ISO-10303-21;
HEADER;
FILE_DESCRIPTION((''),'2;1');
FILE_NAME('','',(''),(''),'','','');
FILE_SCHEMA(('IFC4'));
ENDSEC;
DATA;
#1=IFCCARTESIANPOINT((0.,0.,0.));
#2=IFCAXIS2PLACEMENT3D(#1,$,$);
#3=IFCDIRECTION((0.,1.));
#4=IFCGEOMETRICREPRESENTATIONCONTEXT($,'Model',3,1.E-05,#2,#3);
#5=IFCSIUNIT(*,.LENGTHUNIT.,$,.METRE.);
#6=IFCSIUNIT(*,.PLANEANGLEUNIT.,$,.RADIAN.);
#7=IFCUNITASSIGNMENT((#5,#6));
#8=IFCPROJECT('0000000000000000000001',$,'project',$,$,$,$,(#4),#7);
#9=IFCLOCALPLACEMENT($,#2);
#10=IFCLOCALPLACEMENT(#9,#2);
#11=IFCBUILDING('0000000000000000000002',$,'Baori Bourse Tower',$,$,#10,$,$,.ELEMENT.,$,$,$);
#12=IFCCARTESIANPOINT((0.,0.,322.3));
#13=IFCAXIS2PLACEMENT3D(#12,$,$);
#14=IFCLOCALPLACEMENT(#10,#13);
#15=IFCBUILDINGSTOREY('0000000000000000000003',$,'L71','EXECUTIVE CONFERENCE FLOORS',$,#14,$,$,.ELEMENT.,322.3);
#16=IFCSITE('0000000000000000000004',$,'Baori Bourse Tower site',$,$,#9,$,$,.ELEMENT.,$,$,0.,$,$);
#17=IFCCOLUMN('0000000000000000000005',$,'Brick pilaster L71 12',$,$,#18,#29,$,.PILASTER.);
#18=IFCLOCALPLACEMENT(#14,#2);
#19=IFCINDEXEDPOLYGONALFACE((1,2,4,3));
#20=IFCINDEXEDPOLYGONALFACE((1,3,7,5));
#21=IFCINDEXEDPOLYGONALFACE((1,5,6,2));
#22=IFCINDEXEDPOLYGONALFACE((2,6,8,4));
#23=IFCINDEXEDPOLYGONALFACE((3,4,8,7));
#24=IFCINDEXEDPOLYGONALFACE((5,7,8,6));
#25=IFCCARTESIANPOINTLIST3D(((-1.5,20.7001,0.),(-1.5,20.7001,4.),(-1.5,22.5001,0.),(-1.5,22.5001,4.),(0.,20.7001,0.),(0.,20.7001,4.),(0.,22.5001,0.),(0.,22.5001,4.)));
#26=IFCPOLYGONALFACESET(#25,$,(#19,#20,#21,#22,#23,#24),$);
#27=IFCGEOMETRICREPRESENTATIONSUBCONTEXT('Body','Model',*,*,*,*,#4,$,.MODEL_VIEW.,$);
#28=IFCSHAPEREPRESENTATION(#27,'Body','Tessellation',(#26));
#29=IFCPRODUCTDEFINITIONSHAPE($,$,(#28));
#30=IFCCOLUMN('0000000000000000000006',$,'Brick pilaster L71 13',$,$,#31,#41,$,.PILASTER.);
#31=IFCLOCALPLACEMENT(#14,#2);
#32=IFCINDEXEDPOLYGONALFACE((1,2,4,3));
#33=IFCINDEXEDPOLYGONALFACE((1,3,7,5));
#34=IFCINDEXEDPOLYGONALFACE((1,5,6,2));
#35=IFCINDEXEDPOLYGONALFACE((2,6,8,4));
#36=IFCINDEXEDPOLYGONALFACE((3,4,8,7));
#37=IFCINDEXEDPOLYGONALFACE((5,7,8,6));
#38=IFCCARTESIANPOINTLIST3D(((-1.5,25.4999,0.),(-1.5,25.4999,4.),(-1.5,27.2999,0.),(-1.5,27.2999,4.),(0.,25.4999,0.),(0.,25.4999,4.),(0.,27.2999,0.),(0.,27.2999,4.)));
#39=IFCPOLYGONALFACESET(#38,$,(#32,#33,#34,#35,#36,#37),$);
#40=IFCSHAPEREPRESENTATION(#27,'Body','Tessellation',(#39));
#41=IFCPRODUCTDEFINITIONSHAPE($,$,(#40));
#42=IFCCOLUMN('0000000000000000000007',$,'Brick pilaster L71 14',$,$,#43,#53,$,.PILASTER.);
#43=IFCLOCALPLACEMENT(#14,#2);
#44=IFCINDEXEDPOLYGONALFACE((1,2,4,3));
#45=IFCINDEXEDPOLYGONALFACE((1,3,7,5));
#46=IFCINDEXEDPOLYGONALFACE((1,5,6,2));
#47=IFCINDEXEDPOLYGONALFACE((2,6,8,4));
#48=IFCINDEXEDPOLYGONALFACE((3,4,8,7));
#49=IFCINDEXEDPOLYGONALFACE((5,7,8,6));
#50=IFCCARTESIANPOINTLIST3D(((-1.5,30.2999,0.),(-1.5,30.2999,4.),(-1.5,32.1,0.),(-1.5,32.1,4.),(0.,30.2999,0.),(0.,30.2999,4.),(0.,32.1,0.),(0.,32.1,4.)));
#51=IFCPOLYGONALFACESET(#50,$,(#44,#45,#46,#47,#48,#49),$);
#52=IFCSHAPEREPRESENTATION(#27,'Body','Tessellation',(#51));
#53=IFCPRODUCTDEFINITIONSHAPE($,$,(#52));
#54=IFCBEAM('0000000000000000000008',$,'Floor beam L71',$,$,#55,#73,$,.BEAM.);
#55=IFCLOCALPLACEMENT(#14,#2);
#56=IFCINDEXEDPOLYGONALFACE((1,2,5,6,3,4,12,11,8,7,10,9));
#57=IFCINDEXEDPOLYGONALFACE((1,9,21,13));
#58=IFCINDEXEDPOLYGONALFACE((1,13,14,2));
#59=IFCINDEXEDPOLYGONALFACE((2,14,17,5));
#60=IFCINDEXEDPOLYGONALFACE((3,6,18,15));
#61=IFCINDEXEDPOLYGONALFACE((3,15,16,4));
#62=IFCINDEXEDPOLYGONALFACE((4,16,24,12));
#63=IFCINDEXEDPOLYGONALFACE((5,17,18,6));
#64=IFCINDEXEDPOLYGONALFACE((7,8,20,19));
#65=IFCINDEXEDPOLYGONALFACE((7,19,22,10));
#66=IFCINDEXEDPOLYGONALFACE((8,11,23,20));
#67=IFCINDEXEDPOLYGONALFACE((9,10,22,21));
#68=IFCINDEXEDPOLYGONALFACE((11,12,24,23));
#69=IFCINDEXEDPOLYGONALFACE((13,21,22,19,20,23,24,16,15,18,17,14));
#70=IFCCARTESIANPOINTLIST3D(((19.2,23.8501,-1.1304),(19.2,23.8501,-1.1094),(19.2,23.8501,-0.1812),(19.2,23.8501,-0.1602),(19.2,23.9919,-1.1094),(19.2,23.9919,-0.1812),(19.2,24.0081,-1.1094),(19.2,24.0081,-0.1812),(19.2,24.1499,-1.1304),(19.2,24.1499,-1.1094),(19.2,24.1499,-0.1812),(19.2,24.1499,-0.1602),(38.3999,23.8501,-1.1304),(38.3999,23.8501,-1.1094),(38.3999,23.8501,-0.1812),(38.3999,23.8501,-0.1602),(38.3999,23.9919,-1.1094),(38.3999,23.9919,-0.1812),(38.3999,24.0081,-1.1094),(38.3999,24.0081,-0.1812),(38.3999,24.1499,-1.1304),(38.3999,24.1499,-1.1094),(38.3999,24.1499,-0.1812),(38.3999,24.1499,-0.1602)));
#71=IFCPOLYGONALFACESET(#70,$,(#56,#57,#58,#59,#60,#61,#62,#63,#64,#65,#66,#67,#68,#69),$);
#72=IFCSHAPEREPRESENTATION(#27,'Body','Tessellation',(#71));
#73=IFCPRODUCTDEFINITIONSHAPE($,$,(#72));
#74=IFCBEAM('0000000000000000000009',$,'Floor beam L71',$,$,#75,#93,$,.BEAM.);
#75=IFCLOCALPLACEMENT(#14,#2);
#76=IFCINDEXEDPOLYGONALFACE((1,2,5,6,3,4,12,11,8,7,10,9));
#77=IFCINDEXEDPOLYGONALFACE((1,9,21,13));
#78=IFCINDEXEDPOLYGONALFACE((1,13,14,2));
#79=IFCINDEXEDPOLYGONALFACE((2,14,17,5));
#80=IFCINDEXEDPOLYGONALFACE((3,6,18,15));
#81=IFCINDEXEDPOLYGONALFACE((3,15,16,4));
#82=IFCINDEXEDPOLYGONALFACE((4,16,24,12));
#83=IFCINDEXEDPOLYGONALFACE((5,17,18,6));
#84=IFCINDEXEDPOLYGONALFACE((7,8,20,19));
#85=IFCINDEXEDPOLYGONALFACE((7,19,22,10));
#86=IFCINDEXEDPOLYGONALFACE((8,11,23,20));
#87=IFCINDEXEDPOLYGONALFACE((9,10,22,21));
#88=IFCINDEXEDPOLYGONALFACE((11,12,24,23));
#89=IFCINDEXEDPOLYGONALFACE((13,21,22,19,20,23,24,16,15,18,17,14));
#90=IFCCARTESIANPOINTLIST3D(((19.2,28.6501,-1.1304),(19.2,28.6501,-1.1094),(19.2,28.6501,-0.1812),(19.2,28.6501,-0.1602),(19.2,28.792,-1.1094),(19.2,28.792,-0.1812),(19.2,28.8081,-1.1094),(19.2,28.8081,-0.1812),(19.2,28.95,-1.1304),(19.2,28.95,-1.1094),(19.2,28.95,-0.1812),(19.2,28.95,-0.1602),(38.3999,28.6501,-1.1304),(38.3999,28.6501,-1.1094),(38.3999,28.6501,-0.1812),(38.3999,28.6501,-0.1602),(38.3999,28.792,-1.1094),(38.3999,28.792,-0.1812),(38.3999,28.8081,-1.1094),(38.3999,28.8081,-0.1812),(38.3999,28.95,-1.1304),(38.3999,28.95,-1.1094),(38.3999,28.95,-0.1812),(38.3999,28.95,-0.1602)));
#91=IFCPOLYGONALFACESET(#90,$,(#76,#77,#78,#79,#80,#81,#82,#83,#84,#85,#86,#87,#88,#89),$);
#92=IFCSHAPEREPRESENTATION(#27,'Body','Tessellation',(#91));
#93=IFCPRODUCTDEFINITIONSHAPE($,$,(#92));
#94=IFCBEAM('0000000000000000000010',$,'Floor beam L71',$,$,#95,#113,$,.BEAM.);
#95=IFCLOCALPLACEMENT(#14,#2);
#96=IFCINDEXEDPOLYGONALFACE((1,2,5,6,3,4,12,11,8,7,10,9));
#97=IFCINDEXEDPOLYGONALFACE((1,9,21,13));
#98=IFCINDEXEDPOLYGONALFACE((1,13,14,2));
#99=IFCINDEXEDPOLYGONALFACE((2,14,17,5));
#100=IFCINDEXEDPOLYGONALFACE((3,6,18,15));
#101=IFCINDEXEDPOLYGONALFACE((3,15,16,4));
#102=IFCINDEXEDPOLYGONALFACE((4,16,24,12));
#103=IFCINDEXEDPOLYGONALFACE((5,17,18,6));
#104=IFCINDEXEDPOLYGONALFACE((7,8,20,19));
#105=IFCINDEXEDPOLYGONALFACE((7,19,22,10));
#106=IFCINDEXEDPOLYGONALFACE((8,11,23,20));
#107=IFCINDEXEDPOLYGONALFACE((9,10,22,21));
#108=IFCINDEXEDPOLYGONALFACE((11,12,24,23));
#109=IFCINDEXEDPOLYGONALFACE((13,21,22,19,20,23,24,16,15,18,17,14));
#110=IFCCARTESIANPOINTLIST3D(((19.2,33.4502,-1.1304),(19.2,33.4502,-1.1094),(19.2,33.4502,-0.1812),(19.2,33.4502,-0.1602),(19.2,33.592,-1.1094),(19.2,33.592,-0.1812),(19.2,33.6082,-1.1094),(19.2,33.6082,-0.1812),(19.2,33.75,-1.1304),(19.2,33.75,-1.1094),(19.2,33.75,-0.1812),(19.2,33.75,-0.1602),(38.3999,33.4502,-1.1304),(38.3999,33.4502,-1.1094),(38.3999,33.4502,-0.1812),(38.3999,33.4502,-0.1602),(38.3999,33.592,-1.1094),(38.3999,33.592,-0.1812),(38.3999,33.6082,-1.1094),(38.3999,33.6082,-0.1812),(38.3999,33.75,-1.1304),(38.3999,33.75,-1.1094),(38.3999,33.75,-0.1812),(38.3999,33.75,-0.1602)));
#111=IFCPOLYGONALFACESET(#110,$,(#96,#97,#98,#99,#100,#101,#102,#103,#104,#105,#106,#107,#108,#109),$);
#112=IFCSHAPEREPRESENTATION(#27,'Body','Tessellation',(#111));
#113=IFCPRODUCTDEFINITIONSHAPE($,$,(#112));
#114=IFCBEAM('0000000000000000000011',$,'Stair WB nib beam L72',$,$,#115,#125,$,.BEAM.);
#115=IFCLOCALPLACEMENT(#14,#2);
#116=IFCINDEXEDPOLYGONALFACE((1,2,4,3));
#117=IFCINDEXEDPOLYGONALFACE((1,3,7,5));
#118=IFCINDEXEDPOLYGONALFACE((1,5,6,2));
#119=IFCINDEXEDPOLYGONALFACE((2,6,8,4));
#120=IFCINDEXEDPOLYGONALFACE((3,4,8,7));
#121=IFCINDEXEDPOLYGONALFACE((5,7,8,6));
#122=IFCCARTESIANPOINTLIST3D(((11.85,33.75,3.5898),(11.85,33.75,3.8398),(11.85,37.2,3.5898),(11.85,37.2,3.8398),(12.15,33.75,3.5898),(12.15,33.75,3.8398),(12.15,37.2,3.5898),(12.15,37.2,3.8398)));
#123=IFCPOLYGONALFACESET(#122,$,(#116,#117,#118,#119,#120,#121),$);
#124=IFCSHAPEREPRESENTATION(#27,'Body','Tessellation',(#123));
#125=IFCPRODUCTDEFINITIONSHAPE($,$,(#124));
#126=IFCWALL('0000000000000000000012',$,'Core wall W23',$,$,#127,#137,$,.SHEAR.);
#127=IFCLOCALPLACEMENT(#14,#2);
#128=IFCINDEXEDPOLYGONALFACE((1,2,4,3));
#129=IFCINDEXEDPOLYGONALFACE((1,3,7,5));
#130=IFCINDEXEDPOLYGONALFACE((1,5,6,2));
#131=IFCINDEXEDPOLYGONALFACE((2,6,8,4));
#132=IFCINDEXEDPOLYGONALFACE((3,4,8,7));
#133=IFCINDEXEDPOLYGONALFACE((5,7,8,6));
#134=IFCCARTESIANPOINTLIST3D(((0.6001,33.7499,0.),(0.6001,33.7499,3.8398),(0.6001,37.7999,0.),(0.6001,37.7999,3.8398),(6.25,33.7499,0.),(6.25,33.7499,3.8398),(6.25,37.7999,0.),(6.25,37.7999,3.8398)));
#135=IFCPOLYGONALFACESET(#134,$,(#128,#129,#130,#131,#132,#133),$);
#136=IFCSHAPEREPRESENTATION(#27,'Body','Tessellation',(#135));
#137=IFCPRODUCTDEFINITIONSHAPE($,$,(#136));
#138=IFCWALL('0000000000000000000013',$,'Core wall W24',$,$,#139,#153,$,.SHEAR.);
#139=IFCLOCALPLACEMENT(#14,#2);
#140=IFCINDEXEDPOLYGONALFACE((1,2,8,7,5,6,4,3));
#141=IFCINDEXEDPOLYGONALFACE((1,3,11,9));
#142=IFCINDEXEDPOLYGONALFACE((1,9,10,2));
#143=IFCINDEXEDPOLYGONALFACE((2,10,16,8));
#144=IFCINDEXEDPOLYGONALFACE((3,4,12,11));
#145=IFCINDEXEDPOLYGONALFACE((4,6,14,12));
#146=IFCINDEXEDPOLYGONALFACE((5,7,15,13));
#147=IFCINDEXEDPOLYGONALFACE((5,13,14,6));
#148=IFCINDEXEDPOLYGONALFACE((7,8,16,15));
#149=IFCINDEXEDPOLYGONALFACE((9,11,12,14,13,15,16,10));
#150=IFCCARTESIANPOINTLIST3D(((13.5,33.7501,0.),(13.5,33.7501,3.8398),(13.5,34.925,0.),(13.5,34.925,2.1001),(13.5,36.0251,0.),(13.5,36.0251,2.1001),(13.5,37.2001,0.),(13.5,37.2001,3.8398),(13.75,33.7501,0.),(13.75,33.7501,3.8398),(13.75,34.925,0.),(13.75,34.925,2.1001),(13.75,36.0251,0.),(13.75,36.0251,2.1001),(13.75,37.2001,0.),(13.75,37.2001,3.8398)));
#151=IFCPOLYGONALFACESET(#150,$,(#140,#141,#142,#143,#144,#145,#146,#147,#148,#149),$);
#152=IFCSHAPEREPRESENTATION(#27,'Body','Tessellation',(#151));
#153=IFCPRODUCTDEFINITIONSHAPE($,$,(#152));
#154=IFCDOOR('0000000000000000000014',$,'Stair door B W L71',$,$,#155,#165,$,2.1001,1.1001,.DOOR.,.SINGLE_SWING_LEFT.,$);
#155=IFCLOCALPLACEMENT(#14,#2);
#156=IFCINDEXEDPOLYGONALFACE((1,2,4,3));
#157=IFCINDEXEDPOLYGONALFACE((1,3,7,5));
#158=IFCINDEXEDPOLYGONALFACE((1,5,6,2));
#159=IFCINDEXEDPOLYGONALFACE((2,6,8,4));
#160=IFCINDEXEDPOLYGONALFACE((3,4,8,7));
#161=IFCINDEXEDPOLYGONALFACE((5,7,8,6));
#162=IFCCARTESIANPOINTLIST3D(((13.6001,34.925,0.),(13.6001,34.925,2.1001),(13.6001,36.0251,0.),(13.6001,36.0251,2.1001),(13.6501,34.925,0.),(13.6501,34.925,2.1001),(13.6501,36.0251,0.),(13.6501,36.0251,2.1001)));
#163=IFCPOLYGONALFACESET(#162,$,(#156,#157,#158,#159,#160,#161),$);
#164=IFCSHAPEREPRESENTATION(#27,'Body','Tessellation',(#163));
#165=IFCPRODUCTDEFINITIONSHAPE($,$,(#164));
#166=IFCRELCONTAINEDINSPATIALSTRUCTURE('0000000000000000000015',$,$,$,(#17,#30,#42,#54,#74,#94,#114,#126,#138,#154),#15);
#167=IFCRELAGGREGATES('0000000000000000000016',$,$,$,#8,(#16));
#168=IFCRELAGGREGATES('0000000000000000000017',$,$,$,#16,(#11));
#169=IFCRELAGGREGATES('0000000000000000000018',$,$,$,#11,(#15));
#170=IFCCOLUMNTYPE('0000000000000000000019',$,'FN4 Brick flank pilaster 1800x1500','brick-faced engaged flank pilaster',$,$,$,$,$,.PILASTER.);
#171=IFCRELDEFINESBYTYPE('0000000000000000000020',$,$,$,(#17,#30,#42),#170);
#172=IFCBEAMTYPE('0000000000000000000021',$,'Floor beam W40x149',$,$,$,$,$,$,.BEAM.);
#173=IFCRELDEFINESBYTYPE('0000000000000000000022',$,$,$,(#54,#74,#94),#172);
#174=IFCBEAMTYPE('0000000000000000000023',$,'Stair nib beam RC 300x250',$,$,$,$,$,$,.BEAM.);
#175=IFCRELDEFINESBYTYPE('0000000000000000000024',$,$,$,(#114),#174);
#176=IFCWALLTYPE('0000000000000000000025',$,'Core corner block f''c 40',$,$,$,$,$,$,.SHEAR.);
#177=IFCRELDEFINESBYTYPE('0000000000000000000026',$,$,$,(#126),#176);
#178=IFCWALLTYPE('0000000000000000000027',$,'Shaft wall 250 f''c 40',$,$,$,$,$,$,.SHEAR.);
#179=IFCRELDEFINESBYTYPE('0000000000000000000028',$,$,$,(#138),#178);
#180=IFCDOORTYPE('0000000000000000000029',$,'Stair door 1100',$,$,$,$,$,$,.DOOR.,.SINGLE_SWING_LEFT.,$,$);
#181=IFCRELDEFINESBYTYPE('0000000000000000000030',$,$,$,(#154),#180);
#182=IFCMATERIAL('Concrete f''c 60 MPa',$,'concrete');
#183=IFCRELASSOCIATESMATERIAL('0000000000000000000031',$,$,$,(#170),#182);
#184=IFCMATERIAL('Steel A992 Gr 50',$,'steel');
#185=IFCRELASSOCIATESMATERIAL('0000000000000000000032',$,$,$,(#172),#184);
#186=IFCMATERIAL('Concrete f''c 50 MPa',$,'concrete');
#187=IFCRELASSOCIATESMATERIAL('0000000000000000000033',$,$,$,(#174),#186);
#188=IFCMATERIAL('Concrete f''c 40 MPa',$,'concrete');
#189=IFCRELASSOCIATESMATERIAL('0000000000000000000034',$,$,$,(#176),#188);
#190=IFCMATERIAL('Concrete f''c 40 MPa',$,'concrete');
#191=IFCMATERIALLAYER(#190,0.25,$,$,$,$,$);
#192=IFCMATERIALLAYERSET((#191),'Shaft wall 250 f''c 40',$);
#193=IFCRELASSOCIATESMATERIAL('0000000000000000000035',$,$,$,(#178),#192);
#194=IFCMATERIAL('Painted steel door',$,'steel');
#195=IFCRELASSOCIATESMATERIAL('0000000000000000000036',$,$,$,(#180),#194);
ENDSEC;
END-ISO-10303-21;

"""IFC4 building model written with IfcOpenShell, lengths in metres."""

from ifc_helpers import new_model, si_unit, direction, frame, frame_2d, origin, origin_2d, place, context, subcontext, project, spatial, rectangle, i_section, extrude, material, layer, layer_set, material_profile, profile_set, type_object, element, fill, save


model = new_model("IFC4")

# Units and contexts
model_context = context("Model", 3, precision=1e-05, world=origin(), true_north=direction((0.0, 1.0)))
body_context = subcontext(model_context, "Body", "Model", "MODEL_VIEW")
ifc_project = project(units=[si_unit("LENGTHUNIT", "METRE"), si_unit("PLANEANGLEUNIT", "RADIAN")], contexts=[model_context])

# Site, building, storey
site_placement = place(None, origin())
site = spatial("IfcSite", under=ifc_project, at=site_placement, Name="Baori Bourse Tower site", CompositionType="ELEMENT", RefElevation=0.0)
building_placement = place(site_placement, origin())
building = spatial("IfcBuilding", under=site, at=building_placement, Name="Baori Bourse Tower", CompositionType="ELEMENT")
storey_placement = place(building_placement, frame((0.0, 0.0, 322.3)))
storey = spatial("IfcBuildingStorey", under=building, at=storey_placement, Name="L71", Description="EXECUTIVE CONFERENCE FLOORS", CompositionType="ELEMENT", Elevation=322.3)

# Columns
ifc_material_1 = material(Name="Concrete f'c 60 MPa", Category="concrete")
ifc_material_profile_1 = material_profile(ifc_material_1, rectangle(XDim=1.8, YDim=1.5, at=origin_2d()), Name="RC 1800x1500")
ifc_profile_set_1 = profile_set([ifc_material_profile_1], Name="Concrete f'c 60 MPa")
column_type = type_object("IfcColumnType", Name="FN4 Brick flank pilaster 1800x1500", Description="brick-faced engaged flank pilaster", PredefinedType="PILASTER", material=ifc_profile_set_1)
for number, where, z_axis, x_axis, name in (
    (1, (-0.75, 21.6001, 0.0), (0.0, 0.0, 1.0), (0.0, 1.0, 0.0), "Brick pilaster L71 12"),
    (2, (-0.75, 26.3999, 0.0), (0.0, 0.0, 1.0), (0.0, 1.0, 0.0), "Brick pilaster L71 13"),
    (3, (-0.75, 31.2, 0.0), (0.0, 0.0, 1.0), (0.0, 1.0, 0.0), "Brick pilaster L71 14"),
):
    element("IfcColumn", number, at=place(storey_placement, frame(where, z_axis=z_axis, x_axis=x_axis)), inside=storey, type_object=column_type, Name=name, PredefinedType="PILASTER", context=body_context, shape_type="SweptSolid", body=[
        extrude(rectangle(XDim=1.8, YDim=1.5, at=origin_2d()), origin(), (0.0, 0.0, 1.0), 4.0),
    ])

# Beams
ifc_material_2 = material(Name="Steel A992 Gr 50", Category="steel")
ifc_material_profile_2 = material_profile(ifc_material_2, i_section(OverallWidth=0.2998, OverallDepth=0.9702, WebThickness=0.0161, FlangeThickness=0.021, at=origin_2d()), Name="W40x149")
ifc_profile_set_2 = profile_set([ifc_material_profile_2], Name="Steel A992 Gr 50")
beam_type_1 = type_object("IfcBeamType", Name="Floor beam W40x149", PredefinedType="BEAM", material=ifc_profile_set_2)
for number, where, z_axis, x_axis, name in (
    (4, (19.2, 24.0, -0.6453), (1.0, 0.0, 0.0), (0.0, 1.0, 0.0), "Floor beam L71"),
    (5, (19.2, 28.8, -0.6453), (1.0, 0.0, 0.0), (0.0, 1.0, 0.0), "Floor beam L71"),
    (6, (19.2, 33.6001, -0.6453), (1.0, 0.0, 0.0), (0.0, 1.0, 0.0), "Floor beam L71"),
):
    element("IfcBeam", number, at=place(storey_placement, frame(where, z_axis=z_axis, x_axis=x_axis)), inside=storey, type_object=beam_type_1, Name=name, PredefinedType="BEAM", context=body_context, shape_type="SweptSolid", body=[
        extrude(i_section(OverallWidth=0.2998, OverallDepth=0.9702, WebThickness=0.0161, FlangeThickness=0.021, at=origin_2d()), origin(), (0.0, 0.0, 1.0), 19.2),
    ])
ifc_material_3 = material(Name="Concrete f'c 50 MPa", Category="concrete")
ifc_material_profile_3 = material_profile(ifc_material_3, rectangle(XDim=0.3, YDim=0.25, at=origin_2d()), Name="RC 300x250")
ifc_profile_set_3 = profile_set([ifc_material_profile_3], Name="Concrete f'c 50 MPa")
beam_type_2 = type_object("IfcBeamType", Name="Stair nib beam RC 300x250", PredefinedType="BEAM", material=ifc_profile_set_3)
beam_placement = place(storey_placement, frame((12.0, 33.75, 3.7148), z_axis=(0.0, 1.0, 0.0), x_axis=(-1.0, 0.0, 0.0)))
element("IfcBeam", 7, at=beam_placement, inside=storey, type_object=beam_type_2, Name="Stair WB nib beam L72", PredefinedType="BEAM", context=body_context, shape_type="SweptSolid", body=[
    extrude(rectangle(XDim=0.3, YDim=0.25, at=origin_2d()), origin(), (0.0, 0.0, 1.0), 3.45),
])

# Wall
ifc_material_4 = material(Name="Concrete f'c 40 MPa", Category="concrete")
wall_type_1 = type_object("IfcWallType", Name="Core corner block f'c 40", PredefinedType="SHEAR", material=ifc_material_4)
wall_1_placement = place(storey_placement, frame((0.6001, 35.7749, 0.0), z_axis=(0.0, 0.0, 1.0), x_axis=(1.0, 0.0, 0.0)))
element("IfcWall", 8, at=wall_1_placement, inside=storey, type_object=wall_type_1, Name="Core wall W23", PredefinedType="SHEAR", context=body_context, shape_type="SweptSolid", body=[
    extrude(rectangle(XDim=5.6499, YDim=4.05, at=frame_2d((2.825, 0.0))), origin(), (0.0, 0.0, 1.0), 3.8398),
])

# Wall, opening, door
ifc_material_5 = material(Name="Concrete f'c 40 MPa", Category="concrete")
ifc_layer_1 = layer(ifc_material_5, 0.25)
ifc_layer_set_1 = layer_set([ifc_layer_1], Name="Shaft wall 250 f'c 40")
wall_type_2 = type_object("IfcWallType", Name="Shaft wall 250 f'c 40", PredefinedType="SHEAR", material=ifc_layer_set_1)
wall_2_placement = place(storey_placement, frame((13.625, 33.75, 0.0), z_axis=(0.0, 0.0, 1.0), x_axis=(0.0, 1.0, 0.0)))
wall_2 = element("IfcWall", 9, at=wall_2_placement, inside=storey, type_object=wall_type_2, Name="Core wall W24", PredefinedType="SHEAR", context=body_context, shape_type="SweptSolid", body=[
    extrude(rectangle(XDim=3.45, YDim=0.25, at=frame_2d((1.7251, 0.0))), origin(), (0.0, 0.0, 1.0), 3.8398),
])
opening_1_placement = place(wall_2_placement, frame((1.175, 0.0, 0.0)))
opening_1 = element("IfcOpeningElement", 10, at=opening_1_placement, cuts=wall_2, PredefinedType="OPENING", context=body_context, shape_type="SweptSolid", body=[
    extrude(rectangle(XDim=1.1001, YDim=2.1001, at=frame_2d((0.55, 1.05))), frame((0.0, 0.135, 0.0), z_axis=(0.0, -1.0, 0.0), x_axis=(1.0, 0.0, 0.0)), (0.0, 0.0, 1.0), 0.27),
])
ifc_material_6 = material(Name="Painted steel door", Category="steel")
door_type_1 = type_object("IfcDoorType", Name="Stair door 1100", OperationType="SINGLE_SWING_LEFT", PredefinedType="DOOR", material=ifc_material_6)
door_1_placement = place(opening_1_placement, origin())
door_1 = element("IfcDoor", 11, at=door_1_placement, inside=storey, type_object=door_type_1, Name="Stair door B W L71", OperationType="SINGLE_SWING_LEFT", OverallHeight=2.1001, OverallWidth=1.1001, PredefinedType="DOOR", context=body_context, shape_type="SweptSolid", body=[
    extrude(rectangle(XDim=1.1001, YDim=2.1001, at=frame_2d((0.55, 1.05))), frame((0.0, 0.0249, 0.0), z_axis=(0.0, -1.0, 0.0), x_axis=(1.0, 0.0, 0.0)), (0.0, 0.0, 1.0), 0.05),
])
fill(opening_1, door_1)

save(model, "model.ifc")
